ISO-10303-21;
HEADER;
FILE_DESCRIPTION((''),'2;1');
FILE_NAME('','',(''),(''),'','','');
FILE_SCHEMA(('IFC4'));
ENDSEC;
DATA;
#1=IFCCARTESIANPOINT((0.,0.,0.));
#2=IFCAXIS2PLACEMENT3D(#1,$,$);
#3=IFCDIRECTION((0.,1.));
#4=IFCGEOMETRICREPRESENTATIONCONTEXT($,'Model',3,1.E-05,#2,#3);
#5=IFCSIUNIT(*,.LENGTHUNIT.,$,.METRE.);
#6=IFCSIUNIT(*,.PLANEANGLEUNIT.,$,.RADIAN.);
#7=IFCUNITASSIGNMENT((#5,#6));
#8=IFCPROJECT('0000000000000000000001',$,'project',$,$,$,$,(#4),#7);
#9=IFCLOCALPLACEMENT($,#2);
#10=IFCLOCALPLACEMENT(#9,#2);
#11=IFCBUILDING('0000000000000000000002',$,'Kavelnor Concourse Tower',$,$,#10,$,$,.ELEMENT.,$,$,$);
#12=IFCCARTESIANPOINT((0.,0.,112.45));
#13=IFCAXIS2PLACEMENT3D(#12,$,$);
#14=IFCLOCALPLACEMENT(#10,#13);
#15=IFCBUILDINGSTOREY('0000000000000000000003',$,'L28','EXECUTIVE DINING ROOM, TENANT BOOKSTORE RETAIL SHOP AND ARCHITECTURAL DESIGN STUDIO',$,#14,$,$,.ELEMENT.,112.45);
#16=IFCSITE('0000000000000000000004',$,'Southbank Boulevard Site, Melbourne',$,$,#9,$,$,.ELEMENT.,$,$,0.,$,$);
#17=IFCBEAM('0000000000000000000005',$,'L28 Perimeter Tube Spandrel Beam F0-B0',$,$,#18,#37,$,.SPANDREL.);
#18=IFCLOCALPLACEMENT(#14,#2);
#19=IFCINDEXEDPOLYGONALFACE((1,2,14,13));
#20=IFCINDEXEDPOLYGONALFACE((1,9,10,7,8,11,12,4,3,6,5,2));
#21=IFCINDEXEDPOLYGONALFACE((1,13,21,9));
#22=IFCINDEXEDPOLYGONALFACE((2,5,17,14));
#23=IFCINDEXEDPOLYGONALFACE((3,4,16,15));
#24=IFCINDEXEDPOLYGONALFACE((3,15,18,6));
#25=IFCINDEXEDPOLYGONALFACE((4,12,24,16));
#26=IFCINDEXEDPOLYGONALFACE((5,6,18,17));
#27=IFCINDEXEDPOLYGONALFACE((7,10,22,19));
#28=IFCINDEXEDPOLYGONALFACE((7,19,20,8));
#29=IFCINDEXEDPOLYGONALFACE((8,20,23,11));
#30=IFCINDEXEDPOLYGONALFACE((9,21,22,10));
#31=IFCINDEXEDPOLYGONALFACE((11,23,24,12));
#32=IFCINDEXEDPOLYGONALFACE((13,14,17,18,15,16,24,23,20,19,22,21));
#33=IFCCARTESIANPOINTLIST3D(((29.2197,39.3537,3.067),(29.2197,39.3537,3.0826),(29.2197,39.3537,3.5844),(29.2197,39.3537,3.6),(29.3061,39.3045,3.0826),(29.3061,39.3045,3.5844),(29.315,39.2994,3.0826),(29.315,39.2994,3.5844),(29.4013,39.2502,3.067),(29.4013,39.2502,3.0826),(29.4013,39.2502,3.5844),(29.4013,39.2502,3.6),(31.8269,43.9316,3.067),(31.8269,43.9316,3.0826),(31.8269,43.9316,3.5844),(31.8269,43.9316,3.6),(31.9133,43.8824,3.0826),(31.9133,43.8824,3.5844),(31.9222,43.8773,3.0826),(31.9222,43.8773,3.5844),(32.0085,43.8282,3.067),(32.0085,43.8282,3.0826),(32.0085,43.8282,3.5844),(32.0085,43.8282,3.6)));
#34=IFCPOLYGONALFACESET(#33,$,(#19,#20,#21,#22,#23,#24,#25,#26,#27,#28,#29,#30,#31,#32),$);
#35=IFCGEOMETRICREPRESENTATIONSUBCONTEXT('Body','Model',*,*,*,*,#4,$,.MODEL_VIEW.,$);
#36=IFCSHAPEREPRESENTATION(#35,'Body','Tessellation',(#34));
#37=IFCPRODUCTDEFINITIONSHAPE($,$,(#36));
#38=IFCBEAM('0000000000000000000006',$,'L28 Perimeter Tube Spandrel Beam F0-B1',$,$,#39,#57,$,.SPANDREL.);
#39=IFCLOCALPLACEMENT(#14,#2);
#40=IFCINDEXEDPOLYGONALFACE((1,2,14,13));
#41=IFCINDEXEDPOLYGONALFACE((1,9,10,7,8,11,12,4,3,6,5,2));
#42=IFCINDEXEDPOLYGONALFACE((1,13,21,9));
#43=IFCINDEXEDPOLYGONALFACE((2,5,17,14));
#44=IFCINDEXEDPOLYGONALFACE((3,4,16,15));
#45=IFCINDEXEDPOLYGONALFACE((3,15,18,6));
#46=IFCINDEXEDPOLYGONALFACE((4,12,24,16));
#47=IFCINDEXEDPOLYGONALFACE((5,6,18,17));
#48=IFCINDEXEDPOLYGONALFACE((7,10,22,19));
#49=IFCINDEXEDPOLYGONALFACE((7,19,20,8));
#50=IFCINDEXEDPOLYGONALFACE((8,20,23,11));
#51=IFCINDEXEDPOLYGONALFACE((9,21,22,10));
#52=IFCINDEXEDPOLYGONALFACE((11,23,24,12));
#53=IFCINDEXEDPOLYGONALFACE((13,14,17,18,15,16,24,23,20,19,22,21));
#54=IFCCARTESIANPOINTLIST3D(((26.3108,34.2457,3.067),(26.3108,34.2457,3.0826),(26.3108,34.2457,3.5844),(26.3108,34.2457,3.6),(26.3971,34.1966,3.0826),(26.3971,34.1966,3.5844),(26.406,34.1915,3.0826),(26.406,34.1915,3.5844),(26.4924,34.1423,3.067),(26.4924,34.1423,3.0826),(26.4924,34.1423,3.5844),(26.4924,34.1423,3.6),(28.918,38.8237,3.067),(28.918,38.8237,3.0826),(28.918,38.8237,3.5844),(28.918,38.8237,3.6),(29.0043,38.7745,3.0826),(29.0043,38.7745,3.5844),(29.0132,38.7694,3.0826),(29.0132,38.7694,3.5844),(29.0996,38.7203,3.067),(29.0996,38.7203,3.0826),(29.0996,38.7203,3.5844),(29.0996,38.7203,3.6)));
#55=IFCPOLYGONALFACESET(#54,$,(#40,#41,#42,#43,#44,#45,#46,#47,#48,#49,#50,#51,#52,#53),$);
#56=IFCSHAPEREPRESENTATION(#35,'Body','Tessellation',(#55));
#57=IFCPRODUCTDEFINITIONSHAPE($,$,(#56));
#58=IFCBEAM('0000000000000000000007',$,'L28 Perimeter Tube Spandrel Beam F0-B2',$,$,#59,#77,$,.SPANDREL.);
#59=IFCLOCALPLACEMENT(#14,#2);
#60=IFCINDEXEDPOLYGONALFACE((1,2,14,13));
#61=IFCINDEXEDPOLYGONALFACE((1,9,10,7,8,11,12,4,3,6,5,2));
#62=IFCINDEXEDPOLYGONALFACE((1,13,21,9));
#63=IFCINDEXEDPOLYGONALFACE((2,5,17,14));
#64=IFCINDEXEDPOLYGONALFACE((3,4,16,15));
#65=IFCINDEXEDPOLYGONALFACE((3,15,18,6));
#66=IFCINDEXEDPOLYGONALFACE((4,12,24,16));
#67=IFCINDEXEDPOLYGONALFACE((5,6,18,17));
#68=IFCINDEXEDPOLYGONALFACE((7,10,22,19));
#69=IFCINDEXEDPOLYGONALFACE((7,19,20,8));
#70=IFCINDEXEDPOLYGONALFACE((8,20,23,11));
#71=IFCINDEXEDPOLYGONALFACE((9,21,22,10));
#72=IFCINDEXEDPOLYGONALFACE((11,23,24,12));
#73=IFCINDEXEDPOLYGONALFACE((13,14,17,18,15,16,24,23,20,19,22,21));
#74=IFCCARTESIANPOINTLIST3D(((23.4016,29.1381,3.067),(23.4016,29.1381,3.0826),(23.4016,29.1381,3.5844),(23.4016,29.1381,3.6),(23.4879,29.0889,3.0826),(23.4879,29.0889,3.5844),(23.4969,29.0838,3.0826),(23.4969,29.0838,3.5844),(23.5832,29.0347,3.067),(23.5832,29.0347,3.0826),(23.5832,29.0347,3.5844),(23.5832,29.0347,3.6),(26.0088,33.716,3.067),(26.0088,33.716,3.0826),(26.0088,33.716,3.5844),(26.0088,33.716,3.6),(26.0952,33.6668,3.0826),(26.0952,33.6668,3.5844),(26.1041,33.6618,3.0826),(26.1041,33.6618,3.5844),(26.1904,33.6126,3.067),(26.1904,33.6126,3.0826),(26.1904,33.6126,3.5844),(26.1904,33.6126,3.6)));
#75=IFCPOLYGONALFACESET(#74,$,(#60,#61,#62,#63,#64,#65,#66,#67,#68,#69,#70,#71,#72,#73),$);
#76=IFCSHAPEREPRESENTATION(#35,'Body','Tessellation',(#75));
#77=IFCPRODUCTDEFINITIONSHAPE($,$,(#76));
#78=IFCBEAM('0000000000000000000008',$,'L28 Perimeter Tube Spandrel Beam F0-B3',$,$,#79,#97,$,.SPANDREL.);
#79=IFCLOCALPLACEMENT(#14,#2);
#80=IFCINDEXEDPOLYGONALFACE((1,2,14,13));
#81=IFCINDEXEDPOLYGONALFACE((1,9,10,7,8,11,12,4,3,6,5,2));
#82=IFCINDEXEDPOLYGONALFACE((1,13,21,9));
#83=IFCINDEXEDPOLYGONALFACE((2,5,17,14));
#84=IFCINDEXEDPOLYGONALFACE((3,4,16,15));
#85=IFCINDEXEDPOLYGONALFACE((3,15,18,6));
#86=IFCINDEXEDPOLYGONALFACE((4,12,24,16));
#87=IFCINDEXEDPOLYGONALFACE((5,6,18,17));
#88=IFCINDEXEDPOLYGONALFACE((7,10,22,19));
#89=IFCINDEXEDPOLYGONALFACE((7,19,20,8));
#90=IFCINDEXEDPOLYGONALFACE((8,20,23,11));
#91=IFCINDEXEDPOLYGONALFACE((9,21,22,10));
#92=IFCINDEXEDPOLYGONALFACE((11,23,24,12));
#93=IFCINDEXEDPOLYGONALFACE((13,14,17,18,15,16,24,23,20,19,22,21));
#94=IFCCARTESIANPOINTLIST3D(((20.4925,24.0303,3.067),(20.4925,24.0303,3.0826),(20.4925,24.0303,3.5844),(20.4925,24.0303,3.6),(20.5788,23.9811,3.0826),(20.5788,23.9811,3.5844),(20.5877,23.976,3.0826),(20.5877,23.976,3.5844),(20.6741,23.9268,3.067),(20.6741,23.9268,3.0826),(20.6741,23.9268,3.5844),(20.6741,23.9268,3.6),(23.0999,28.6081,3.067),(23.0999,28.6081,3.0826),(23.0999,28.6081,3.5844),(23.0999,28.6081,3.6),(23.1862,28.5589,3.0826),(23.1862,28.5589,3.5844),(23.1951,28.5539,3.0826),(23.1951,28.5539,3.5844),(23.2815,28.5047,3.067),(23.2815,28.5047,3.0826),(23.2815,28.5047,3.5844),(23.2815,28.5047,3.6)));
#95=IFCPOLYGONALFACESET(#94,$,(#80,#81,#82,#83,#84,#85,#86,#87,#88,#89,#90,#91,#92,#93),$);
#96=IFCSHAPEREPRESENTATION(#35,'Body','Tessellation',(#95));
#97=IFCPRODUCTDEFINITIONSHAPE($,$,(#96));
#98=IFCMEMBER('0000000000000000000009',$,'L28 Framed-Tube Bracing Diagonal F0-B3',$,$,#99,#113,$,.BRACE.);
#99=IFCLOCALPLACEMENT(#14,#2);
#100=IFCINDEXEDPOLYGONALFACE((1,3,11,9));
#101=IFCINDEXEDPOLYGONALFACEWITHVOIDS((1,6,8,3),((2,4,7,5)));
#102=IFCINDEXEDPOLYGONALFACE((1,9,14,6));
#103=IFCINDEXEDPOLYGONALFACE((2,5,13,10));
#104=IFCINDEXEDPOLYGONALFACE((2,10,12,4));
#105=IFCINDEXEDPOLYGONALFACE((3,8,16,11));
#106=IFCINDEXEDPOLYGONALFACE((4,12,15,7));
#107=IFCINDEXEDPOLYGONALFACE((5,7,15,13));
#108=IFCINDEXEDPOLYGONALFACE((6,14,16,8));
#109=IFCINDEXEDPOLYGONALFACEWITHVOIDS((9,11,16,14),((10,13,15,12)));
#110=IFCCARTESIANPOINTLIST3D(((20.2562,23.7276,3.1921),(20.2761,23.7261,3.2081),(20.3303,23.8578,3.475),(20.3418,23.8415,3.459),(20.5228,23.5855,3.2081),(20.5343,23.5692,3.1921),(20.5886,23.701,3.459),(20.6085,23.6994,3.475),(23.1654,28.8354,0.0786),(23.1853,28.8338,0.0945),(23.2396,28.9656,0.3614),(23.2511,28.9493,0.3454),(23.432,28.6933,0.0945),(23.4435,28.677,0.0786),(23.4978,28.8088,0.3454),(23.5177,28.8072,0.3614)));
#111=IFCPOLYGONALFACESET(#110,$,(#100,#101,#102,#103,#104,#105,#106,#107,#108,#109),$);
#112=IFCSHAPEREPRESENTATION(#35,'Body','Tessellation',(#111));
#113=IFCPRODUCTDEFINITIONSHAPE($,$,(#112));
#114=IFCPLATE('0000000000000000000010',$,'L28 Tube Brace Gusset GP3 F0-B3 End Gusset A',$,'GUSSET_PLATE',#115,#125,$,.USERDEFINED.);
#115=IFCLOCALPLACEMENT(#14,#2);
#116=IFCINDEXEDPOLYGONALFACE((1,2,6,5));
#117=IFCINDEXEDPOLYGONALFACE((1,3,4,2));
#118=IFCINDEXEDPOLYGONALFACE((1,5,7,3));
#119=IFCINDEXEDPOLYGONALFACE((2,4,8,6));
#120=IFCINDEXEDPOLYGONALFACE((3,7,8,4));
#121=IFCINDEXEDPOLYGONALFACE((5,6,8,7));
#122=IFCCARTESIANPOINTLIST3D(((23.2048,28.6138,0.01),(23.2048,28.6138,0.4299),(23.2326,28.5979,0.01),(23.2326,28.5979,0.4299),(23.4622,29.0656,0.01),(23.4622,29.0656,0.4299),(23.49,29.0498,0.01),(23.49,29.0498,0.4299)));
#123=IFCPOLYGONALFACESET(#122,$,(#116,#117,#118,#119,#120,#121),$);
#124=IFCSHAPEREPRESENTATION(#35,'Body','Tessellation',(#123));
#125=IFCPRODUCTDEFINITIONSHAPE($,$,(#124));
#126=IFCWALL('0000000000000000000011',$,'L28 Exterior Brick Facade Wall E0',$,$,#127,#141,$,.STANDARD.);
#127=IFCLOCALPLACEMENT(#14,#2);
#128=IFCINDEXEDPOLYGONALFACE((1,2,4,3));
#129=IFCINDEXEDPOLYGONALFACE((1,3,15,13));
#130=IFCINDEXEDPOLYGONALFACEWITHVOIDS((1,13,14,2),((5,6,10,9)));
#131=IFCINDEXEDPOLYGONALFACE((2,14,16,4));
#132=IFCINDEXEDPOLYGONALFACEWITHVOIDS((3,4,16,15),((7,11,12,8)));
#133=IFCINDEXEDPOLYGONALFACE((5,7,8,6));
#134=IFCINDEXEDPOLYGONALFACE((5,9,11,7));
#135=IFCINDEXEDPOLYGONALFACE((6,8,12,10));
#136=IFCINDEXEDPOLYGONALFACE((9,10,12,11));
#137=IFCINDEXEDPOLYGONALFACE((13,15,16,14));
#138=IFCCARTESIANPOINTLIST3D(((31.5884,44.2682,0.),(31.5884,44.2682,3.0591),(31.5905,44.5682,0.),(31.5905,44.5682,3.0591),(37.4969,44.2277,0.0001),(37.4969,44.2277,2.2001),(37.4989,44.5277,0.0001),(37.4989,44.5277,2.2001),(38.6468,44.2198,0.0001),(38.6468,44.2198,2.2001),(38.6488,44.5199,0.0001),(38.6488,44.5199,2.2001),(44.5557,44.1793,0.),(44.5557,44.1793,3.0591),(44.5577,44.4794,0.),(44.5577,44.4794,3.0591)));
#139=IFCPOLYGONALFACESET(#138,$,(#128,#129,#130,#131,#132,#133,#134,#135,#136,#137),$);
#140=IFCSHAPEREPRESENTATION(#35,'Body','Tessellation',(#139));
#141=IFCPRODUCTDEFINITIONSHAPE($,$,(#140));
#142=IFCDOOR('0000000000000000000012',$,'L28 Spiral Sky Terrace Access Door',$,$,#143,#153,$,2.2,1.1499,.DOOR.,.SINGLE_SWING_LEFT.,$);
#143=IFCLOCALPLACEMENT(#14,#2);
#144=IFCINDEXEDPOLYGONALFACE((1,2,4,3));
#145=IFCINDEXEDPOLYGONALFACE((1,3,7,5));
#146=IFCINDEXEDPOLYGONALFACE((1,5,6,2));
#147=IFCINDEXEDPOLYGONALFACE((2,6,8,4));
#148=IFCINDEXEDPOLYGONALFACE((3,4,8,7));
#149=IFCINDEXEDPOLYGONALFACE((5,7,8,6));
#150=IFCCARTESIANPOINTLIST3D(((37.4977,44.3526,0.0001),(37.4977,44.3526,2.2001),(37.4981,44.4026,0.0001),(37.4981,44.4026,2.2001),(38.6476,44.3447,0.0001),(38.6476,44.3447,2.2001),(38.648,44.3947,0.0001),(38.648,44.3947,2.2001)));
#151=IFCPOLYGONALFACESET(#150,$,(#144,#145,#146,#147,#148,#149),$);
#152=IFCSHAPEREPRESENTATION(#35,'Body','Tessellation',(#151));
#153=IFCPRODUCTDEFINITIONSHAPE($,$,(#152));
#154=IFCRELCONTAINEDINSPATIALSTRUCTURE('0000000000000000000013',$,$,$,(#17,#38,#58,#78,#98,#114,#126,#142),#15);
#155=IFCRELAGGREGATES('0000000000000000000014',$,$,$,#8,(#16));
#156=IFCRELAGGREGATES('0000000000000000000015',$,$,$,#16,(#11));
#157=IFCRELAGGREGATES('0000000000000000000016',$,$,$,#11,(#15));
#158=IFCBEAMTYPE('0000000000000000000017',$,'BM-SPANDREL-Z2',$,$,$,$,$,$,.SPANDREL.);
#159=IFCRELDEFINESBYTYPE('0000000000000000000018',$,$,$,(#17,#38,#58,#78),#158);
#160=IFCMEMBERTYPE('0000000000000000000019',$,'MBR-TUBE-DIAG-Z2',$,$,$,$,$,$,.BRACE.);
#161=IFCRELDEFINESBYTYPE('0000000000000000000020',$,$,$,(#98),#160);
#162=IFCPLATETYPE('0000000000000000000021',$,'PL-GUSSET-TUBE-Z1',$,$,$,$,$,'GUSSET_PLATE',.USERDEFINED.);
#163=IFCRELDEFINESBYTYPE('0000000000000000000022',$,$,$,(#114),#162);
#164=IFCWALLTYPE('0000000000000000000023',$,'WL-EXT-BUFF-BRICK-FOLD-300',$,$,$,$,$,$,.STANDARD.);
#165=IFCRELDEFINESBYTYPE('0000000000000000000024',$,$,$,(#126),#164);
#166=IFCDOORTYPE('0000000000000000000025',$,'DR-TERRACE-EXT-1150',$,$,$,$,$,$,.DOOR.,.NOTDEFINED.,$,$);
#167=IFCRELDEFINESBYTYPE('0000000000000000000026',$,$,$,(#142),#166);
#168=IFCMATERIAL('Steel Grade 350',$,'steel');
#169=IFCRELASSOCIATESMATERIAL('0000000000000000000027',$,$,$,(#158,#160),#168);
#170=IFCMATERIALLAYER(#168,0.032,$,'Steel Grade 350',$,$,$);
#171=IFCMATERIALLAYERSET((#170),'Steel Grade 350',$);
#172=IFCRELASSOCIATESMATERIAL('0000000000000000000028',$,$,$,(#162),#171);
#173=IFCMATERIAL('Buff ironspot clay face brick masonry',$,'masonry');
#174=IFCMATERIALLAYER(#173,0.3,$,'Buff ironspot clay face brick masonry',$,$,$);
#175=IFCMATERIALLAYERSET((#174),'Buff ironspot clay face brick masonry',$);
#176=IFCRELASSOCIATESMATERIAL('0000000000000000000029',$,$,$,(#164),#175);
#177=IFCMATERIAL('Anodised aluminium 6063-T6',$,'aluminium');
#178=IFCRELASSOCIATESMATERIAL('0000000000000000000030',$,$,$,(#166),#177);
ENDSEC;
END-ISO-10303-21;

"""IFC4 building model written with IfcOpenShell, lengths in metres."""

from ifc_helpers import new_model, si_unit, direction, frame, frame_2d, origin, origin_2d, place, context, subcontext, project, spatial, rectangle, hollow_rectangle, i_section, extrude, material, layer, layer_set, material_profile, profile_set, type_object, element, fill, save


model = new_model("IFC4")

# Units and contexts
model_context = context("Model", 3, precision=1e-05, world=origin(), true_north=direction((0.0, 1.0)))
body_context = subcontext(model_context, "Body", "Model", "MODEL_VIEW")
ifc_project = project(units=[si_unit("LENGTHUNIT", "METRE"), si_unit("PLANEANGLEUNIT", "RADIAN")], contexts=[model_context])

# Site, building, storey
site_placement = place(None, origin())
site = spatial("IfcSite", under=ifc_project, at=site_placement, Name="Southbank Boulevard Site, Melbourne", CompositionType="ELEMENT", RefElevation=0.0)
building_placement = place(site_placement, origin())
building = spatial("IfcBuilding", under=site, at=building_placement, Name="Kavelnor Concourse Tower", CompositionType="ELEMENT")
storey_placement = place(building_placement, frame((0.0, 0.0, 112.45)))
storey = spatial("IfcBuildingStorey", under=building, at=storey_placement, Name="L28", Description="EXECUTIVE DINING ROOM, TENANT BOOKSTORE RETAIL SHOP AND ARCHITECTURAL DESIGN STUDIO", CompositionType="ELEMENT", Elevation=112.45)

# Shared definitions
ifc_material_1 = material(Name="Steel Grade 350", Category="steel")

# Beams
ifc_material_profile_1 = material_profile(ifc_material_1, i_section(OverallWidth=0.209, OverallDepth=0.533, WebThickness=0.0103, FlangeThickness=0.0156, at=origin_2d()), Name="530UB92")
ifc_profile_set_1 = profile_set([ifc_material_profile_1], Name="Steel Grade 350")
beam_type_1 = type_object("IfcBeamType", Name="BM-SPANDREL-Z2", PredefinedType="SPANDREL", material=ifc_profile_set_1)
for number, where, z_axis, x_axis, name in (
    (1, (31.9177, 43.8799, 3.3335), (-0.494886, -0.868958, 0.0), (0.868958, -0.494886, 0.0), "L28 Perimeter Tube Spandrel Beam F0-B0"),
    (2, (29.0088, 38.772, 3.3335), (-0.494886, -0.868958, 0.0), (0.868958, -0.494886, 0.0), "L28 Perimeter Tube Spandrel Beam F0-B1"),
    (3, (26.0996, 33.6643, 3.3335), (-0.494886, -0.868958, 0.0), (0.868958, -0.494886, 0.0), "L28 Perimeter Tube Spandrel Beam F0-B2"),
    (4, (23.1907, 28.5564, 3.3335), (-0.494921, -0.868938, 0.0), (0.868938, -0.494921, 0.0), "L28 Perimeter Tube Spandrel Beam F0-B3"),
):
    element("IfcBeam", number, at=place(storey_placement, frame(where, z_axis=z_axis, x_axis=x_axis)), inside=storey, type_object=beam_type_1, Name=name, PredefinedType="SPANDREL", context=body_context, shape_type="SweptSolid", body=[
        extrude(i_section(OverallWidth=0.209, OverallDepth=0.533, WebThickness=0.0103, FlangeThickness=0.0156, at=origin_2d()), origin(), (0.0, 0.0, 1.0), 5.2683),
    ])

# Member
ifc_material_profile_2 = material_profile(ifc_material_1, hollow_rectangle(XDim=0.3201, YDim=0.3201, WallThickness=0.0181, at=origin_2d()), Name="SHS 320x320x18")
ifc_profile_set_2 = profile_set([ifc_material_profile_2], Name="Steel Grade 350")
member_type = type_object("IfcMemberType", Name="MBR-TUBE-DIAG-Z2", PredefinedType="BRACE", material=ifc_profile_set_2)
member_placement = place(storey_placement, frame((23.3416, 28.8213, 0.22), z_axis=(-0.437356, -0.767869, 0.468077), x_axis=(0.868938, -0.494922, 0.0)))
element("IfcMember", 5, at=member_placement, inside=storey, type_object=member_type, Name="L28 Framed-Tube Bracing Diagonal F0-B3", PredefinedType="BRACE", context=body_context, shape_type="SweptSolid", body=[
    extrude(hollow_rectangle(XDim=0.3201, YDim=0.3201, WallThickness=0.0181, at=origin_2d()), origin(), (0.0, 0.0, 1.0), 6.6519),
])

# Plate
ifc_layer_1 = layer(ifc_material_1, 0.032, Name="Steel Grade 350")
ifc_layer_set_1 = layer_set([ifc_layer_1], Name="Steel Grade 350")
plate_type = type_object("IfcPlateType", Name="PL-GUSSET-TUBE-Z1", ElementType="GUSSET_PLATE", PredefinedType="USERDEFINED", material=ifc_layer_set_1)
plate_placement = place(storey_placement, frame((23.3474, 28.8318, 0.01), z_axis=(0.0, 0.0, 1.0), x_axis=(-0.494852, -0.868977, 0.0)))
element("IfcPlate", 6, at=plate_placement, inside=storey, type_object=plate_type, Name="L28 Tube Brace Gusset GP3 F0-B3 End Gusset A", ObjectType="GUSSET_PLATE", PredefinedType="USERDEFINED", context=body_context, shape_type="SweptSolid", body=[
    extrude(rectangle(XDim=0.52, YDim=0.032, at=origin_2d()), origin(), (0.0, 0.0, 1.0), 0.4199),
])

# Wall, opening, door
ifc_material_2 = material(Name="Buff ironspot clay face brick masonry", Category="masonry")
ifc_layer_2 = layer(ifc_material_2, 0.3, Name="Buff ironspot clay face brick masonry")
ifc_layer_set_2 = layer_set([ifc_layer_2], Name="Buff ironspot clay face brick masonry")
wall_type_1 = type_object("IfcWallType", Name="WL-EXT-BUFF-BRICK-FOLD-300", PredefinedType="STANDARD", material=ifc_layer_set_2)
wall_1_placement = place(storey_placement, frame((31.5894, 44.4182, 0.0), z_axis=(0.0, 0.0, 1.0), x_axis=(0.999977, -0.006853, 0.0)))
wall_1 = element("IfcWall", 7, at=wall_1_placement, inside=storey, type_object=wall_type_1, Name="L28 Exterior Brick Facade Wall E0", PredefinedType="STANDARD", context=body_context, shape_type="SweptSolid", body=[
    extrude(rectangle(XDim=12.9675, YDim=0.3, at=frame_2d((6.4839, 0.0))), origin(), (0.0, 0.0, 1.0), 3.0591),
])
opening_1_placement = place(wall_1_placement, frame((5.9087, 0.0, 0.0)))
opening_1 = element("IfcOpeningElement", 8, at=opening_1_placement, cuts=wall_1, PredefinedType="OPENING", context=body_context, shape_type="SweptSolid", body=[
    extrude(rectangle(XDim=1.1499, YDim=2.2, at=frame_2d((0.575, 1.1001))), frame((0.0, 0.1602, 0.0), z_axis=(0.0, -1.0, 0.0), x_axis=(1.0, 0.0, 0.0)), (0.0, 0.0, 1.0), 0.3201),
])
ifc_material_3 = material(Name="Anodised aluminium 6063-T6", Category="aluminium")
door_type_1 = type_object("IfcDoorType", Name="DR-TERRACE-EXT-1150", OperationType="NOTDEFINED", PredefinedType="DOOR", material=ifc_material_3)
door_1_placement = place(opening_1_placement, origin())
door_1 = element("IfcDoor", 9, at=door_1_placement, inside=storey, type_object=door_type_1, Name="L28 Spiral Sky Terrace Access Door", OperationType="SINGLE_SWING_LEFT", OverallHeight=2.2, OverallWidth=1.1499, PredefinedType="DOOR", context=body_context, shape_type="SweptSolid", body=[
    extrude(rectangle(XDim=1.1499, YDim=2.2, at=frame_2d((0.575, 1.1001))), frame((0.0, 0.0249, 0.0), z_axis=(0.0, -1.0, 0.0), x_axis=(1.0, 0.0, 0.0)), (0.0, 0.0, 1.0), 0.05),
])
fill(opening_1, door_1)

save(model, "model.ifc")
